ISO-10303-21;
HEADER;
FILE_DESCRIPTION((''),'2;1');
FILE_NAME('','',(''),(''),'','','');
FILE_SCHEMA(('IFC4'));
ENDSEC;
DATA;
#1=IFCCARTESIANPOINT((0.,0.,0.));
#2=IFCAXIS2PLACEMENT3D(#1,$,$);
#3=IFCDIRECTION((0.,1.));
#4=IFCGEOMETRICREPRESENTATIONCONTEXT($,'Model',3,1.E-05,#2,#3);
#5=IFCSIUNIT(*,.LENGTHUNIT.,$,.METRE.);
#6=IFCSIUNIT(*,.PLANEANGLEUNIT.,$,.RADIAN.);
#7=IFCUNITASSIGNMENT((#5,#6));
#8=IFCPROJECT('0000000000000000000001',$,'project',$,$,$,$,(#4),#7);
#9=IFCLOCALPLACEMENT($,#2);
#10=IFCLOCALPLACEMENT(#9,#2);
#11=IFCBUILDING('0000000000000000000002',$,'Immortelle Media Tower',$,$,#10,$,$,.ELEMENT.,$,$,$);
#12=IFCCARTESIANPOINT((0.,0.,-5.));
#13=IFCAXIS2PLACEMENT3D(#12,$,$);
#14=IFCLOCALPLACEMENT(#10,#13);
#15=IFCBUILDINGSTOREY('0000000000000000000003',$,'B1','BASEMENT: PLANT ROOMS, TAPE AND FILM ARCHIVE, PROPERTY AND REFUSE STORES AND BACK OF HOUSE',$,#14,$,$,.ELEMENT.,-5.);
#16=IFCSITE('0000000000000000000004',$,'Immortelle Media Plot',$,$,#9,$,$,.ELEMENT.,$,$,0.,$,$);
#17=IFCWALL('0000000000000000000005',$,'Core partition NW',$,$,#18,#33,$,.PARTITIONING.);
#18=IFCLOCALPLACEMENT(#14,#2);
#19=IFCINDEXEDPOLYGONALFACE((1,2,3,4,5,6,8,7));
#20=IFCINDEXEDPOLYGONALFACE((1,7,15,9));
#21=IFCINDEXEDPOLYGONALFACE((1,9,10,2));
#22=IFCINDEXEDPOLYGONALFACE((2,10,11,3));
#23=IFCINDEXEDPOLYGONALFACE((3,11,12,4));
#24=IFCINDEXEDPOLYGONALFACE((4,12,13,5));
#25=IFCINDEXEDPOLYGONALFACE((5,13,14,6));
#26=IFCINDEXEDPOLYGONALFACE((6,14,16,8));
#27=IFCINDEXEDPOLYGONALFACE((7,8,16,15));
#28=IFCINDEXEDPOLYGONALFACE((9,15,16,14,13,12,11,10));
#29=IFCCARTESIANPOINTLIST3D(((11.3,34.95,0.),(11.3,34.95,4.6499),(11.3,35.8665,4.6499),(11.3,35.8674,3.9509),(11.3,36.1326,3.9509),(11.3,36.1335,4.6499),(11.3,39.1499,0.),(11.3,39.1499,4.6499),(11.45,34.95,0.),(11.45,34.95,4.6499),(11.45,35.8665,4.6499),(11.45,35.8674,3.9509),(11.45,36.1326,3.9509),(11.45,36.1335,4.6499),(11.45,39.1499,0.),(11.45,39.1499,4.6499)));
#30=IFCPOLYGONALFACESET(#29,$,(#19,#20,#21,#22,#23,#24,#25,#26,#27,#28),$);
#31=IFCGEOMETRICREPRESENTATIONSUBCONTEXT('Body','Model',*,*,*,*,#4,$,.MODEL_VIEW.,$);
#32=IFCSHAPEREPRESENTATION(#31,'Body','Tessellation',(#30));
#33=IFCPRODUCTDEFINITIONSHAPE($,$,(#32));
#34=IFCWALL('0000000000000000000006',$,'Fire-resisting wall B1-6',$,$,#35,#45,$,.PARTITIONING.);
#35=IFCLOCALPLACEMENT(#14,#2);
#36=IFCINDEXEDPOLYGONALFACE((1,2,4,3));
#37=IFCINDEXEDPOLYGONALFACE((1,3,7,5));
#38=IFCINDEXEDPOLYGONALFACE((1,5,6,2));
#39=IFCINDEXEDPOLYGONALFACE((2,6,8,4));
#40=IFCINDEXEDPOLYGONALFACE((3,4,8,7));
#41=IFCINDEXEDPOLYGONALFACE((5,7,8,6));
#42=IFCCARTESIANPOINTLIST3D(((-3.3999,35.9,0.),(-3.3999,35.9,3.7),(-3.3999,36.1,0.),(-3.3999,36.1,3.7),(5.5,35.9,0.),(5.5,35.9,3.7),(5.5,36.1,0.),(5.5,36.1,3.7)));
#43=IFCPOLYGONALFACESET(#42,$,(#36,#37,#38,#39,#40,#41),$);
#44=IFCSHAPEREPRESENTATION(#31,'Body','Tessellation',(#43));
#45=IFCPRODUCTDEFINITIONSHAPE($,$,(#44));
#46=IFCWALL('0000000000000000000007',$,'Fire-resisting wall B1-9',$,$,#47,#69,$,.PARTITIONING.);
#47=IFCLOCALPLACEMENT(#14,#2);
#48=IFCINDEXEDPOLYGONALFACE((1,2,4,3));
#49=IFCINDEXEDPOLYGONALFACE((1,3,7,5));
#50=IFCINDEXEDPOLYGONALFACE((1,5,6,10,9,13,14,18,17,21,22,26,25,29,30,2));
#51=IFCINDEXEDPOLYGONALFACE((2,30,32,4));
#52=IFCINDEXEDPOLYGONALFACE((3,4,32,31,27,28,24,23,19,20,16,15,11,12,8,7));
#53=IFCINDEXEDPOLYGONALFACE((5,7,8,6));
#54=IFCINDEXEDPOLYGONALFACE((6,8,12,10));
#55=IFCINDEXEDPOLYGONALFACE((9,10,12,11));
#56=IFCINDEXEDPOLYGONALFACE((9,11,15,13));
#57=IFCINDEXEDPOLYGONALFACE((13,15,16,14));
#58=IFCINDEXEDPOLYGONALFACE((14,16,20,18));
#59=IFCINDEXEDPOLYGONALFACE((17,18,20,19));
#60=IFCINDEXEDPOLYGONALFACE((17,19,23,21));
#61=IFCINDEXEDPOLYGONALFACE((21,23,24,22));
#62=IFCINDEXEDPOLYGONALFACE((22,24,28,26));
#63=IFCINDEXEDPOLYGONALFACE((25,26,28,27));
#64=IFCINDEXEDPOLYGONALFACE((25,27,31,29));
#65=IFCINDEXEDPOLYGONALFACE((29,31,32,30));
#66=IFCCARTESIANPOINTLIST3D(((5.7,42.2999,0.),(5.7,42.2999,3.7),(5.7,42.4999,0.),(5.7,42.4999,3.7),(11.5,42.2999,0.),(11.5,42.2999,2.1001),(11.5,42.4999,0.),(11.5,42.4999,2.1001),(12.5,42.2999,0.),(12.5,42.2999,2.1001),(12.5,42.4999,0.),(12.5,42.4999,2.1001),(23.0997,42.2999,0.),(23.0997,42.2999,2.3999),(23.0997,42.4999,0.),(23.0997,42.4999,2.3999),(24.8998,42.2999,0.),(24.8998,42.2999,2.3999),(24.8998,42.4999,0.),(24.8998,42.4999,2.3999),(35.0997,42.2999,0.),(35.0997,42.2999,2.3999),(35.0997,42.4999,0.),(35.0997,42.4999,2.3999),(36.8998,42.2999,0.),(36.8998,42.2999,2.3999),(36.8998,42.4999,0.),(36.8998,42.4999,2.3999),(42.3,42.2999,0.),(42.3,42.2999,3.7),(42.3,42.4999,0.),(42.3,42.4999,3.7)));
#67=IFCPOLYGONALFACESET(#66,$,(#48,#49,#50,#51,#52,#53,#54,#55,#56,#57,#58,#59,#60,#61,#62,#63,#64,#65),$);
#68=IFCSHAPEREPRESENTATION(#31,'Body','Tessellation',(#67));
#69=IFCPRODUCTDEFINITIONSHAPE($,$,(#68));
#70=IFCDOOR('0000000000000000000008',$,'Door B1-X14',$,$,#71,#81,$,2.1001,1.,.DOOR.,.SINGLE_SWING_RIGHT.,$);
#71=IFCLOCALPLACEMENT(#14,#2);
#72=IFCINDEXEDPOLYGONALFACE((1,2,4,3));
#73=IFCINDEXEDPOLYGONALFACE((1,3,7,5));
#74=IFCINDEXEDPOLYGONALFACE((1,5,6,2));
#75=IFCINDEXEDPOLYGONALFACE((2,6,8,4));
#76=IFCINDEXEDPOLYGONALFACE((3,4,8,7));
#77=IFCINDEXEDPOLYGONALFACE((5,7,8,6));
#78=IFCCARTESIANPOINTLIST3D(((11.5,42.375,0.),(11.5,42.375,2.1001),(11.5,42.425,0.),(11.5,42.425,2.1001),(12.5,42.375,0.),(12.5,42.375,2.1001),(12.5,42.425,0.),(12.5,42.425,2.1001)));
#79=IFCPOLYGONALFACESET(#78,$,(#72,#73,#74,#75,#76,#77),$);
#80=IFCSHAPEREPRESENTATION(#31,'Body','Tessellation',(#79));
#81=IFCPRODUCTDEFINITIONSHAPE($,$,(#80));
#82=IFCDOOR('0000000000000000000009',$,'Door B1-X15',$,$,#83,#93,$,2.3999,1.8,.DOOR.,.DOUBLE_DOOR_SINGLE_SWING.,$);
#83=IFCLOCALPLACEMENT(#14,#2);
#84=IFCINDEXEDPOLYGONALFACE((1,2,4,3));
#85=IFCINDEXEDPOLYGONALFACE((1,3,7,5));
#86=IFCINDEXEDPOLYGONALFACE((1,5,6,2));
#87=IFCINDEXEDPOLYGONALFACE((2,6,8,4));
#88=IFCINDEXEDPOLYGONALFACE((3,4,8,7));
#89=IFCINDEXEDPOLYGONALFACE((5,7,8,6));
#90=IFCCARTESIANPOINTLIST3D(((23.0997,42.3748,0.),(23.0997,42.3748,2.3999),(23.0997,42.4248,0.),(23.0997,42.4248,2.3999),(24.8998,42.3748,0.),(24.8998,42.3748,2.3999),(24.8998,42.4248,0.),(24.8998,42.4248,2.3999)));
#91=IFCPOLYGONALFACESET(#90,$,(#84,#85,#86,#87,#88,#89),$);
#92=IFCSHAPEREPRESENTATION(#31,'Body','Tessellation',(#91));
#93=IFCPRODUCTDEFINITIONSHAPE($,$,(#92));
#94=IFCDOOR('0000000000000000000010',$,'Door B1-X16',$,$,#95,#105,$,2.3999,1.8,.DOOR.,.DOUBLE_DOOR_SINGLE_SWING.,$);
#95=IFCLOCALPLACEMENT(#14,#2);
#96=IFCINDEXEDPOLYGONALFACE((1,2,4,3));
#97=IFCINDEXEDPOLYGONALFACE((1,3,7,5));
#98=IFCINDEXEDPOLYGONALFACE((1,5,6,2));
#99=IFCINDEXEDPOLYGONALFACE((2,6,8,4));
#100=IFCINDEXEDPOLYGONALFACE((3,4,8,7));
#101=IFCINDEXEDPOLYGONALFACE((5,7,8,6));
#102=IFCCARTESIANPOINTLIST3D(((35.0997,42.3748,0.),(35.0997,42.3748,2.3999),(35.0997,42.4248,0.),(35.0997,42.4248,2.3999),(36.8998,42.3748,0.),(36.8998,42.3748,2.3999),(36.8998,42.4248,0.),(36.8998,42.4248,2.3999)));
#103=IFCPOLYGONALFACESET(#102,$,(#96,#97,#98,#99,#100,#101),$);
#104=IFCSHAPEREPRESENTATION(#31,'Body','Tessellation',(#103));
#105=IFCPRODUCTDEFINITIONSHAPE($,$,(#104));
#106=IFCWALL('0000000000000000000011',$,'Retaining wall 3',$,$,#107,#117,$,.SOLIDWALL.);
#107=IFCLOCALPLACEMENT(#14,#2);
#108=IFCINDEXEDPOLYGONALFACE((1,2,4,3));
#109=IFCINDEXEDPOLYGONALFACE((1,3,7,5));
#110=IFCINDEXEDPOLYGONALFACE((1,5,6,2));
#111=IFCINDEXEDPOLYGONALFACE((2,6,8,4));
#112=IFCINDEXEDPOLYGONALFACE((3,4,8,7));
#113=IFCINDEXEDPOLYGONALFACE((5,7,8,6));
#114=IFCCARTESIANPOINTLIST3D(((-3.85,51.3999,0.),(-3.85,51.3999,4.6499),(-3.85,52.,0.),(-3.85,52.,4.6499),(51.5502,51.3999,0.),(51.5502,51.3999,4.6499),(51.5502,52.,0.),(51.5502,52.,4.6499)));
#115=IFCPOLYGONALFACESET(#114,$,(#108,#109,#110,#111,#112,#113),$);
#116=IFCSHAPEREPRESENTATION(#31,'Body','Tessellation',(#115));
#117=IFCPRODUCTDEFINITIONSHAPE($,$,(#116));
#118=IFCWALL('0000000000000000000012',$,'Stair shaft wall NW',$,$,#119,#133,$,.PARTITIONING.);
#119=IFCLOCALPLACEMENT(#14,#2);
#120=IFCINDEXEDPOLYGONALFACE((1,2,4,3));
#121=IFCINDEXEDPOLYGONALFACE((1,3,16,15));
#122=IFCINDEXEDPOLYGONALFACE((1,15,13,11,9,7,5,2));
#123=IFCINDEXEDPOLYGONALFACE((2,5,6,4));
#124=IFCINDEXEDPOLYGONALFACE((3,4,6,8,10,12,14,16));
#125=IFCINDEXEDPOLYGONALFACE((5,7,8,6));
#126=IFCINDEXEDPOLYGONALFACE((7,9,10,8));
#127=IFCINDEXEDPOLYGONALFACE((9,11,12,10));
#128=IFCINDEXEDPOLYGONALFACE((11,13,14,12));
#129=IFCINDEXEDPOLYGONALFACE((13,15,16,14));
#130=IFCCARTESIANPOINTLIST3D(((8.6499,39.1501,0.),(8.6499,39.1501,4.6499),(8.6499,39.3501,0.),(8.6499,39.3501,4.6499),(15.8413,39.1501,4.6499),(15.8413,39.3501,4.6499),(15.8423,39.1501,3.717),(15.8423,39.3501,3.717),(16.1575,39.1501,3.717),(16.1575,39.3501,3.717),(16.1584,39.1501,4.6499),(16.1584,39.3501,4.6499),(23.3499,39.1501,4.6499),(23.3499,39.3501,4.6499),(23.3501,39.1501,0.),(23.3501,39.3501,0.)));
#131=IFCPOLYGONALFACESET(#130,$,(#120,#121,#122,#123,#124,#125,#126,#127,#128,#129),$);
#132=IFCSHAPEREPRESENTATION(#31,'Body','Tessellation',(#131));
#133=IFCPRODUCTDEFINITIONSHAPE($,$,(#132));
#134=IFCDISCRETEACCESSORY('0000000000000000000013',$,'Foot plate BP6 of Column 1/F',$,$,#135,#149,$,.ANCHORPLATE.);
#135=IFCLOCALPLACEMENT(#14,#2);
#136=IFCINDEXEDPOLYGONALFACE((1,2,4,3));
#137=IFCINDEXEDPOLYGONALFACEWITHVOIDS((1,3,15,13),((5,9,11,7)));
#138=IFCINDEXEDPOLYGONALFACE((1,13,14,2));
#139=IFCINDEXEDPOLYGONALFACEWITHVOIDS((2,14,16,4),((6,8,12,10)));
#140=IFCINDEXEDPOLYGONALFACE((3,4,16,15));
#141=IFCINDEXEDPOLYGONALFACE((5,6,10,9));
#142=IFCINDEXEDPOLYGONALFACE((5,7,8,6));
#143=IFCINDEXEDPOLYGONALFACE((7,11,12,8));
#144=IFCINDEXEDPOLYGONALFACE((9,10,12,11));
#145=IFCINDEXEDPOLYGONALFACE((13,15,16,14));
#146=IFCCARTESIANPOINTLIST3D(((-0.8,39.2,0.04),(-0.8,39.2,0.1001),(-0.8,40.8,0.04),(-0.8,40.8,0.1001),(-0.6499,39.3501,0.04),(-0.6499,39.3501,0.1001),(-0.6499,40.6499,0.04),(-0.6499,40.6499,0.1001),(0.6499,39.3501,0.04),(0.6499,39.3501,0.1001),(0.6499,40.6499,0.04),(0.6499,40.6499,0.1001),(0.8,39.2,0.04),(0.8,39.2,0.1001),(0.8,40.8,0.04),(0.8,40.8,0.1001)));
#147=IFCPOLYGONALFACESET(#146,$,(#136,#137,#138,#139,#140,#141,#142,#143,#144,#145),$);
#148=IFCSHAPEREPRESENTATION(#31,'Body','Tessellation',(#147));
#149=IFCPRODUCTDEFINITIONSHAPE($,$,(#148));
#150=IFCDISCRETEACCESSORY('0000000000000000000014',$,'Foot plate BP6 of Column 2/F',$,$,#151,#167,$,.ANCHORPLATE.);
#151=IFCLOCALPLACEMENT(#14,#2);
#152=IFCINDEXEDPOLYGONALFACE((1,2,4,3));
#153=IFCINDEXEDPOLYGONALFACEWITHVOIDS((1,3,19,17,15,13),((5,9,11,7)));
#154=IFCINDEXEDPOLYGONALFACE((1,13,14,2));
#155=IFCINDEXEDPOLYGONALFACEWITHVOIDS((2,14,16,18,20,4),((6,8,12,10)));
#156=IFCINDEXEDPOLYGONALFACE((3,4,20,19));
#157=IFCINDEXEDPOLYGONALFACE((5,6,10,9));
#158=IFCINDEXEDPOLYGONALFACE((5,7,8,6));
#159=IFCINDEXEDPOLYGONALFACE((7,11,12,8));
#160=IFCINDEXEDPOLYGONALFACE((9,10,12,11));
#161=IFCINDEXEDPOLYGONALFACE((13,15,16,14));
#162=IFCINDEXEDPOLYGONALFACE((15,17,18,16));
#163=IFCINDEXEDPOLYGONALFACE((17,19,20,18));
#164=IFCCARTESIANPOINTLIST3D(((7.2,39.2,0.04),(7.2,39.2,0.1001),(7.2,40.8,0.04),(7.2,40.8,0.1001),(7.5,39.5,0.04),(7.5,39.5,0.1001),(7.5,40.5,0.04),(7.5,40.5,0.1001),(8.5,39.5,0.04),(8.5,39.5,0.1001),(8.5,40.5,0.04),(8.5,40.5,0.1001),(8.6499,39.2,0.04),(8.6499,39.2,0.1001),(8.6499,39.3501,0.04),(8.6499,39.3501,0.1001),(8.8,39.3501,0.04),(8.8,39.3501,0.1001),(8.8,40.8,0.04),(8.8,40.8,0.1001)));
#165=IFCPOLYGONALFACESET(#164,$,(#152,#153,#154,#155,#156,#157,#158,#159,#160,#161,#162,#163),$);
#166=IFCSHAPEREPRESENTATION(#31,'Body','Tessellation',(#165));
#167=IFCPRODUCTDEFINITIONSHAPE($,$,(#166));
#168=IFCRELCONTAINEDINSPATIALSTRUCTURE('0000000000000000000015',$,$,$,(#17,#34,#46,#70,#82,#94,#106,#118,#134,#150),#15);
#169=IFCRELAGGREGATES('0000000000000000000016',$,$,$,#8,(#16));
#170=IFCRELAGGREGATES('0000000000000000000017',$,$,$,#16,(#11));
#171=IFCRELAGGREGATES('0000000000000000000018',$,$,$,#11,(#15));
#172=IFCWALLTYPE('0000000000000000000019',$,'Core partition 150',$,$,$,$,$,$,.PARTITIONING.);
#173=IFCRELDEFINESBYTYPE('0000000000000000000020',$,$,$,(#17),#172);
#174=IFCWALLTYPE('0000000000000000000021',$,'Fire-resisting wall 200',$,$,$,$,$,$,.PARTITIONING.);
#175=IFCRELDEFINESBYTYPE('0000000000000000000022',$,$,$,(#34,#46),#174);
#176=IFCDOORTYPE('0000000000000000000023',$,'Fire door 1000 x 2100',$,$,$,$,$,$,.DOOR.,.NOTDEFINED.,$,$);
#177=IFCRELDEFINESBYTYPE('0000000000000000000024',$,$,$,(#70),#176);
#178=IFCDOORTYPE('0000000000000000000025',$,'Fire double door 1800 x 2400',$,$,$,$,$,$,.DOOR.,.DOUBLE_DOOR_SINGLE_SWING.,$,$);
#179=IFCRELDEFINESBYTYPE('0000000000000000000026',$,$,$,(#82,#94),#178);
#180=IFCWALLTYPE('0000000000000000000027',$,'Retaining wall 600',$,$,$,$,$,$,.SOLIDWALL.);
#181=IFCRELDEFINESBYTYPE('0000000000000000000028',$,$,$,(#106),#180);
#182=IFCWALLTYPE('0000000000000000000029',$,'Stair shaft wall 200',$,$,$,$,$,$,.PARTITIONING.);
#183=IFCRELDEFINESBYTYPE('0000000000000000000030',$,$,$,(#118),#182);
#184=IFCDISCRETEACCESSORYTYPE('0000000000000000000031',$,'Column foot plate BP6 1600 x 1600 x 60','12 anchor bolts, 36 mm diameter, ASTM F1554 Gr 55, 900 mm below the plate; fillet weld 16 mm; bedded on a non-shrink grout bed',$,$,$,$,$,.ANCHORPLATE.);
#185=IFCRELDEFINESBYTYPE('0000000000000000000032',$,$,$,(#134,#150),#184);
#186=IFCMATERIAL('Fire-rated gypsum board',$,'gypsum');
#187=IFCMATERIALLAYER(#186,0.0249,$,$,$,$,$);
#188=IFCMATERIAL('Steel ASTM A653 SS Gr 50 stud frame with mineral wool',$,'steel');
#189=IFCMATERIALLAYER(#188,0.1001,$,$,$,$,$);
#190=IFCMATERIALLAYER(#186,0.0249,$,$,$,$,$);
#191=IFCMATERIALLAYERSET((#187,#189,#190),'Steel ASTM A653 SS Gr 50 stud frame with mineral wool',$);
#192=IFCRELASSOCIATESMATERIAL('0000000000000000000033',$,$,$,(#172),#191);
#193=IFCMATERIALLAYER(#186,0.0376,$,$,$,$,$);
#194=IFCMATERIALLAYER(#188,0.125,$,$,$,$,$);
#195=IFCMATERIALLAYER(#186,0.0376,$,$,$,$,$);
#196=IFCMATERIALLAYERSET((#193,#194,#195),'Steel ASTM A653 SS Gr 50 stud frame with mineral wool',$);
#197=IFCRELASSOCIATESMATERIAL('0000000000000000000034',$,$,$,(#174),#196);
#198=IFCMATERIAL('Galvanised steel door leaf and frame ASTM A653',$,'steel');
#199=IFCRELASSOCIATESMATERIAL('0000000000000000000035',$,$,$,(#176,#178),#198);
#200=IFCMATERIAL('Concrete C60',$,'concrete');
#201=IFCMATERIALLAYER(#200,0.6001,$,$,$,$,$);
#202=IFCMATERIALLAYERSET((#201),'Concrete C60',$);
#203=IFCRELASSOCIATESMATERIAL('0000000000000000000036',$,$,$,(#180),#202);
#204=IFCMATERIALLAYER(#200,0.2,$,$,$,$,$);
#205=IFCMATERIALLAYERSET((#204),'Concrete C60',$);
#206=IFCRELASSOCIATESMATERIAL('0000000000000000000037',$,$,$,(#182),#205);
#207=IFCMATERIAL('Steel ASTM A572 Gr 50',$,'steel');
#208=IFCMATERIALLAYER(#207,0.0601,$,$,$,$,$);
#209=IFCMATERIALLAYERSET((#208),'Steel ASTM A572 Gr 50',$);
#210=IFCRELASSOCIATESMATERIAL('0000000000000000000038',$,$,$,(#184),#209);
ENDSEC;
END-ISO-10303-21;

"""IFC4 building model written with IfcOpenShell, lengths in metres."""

from ifc_helpers import new_model, si_unit, direction, frame, frame_2d, origin, place, context, subcontext, project, spatial, polyline, rectangle, outline, extrude, material, layer, layer_set, type_object, element, fill, save


model = new_model("IFC4")

# Units and contexts
model_context = context("Model", 3, precision=1e-05, world=origin(), true_north=direction((0.0, 1.0)))
body_context = subcontext(model_context, "Body", "Model", "MODEL_VIEW")
ifc_project = project(units=[si_unit("LENGTHUNIT", "METRE"), si_unit("PLANEANGLEUNIT", "RADIAN")], contexts=[model_context])

# Site, building, storey
site_placement = place(None, origin())
site = spatial("IfcSite", under=ifc_project, at=site_placement, Name="Immortelle Media Plot", CompositionType="ELEMENT", RefElevation=0.0)
building_placement = place(site_placement, origin())
building = spatial("IfcBuilding", under=site, at=building_placement, Name="Immortelle Media Tower", CompositionType="ELEMENT")
storey_placement = place(building_placement, frame((0.0, 0.0, -5.0)))
storey = spatial("IfcBuildingStorey", under=building, at=storey_placement, Name="B1", Description="BASEMENT: PLANT ROOMS, TAPE AND FILM ARCHIVE, PROPERTY AND REFUSE STORES AND BACK OF HOUSE", CompositionType="ELEMENT", Elevation=-5.0)

# Shared definitions
ifc_material_1 = material(Name="Concrete C60", Category="concrete")

# Shared definitions
ifc_material_2 = material(Name="Steel ASTM A572 Gr 50", Category="steel")

# Shared definitions
ifc_material_3 = material(Name="Fire-rated gypsum board", Category="gypsum")
ifc_layer_1 = layer(ifc_material_3, 0.0249)
ifc_material_4 = material(Name="Steel ASTM A653 SS Gr 50 stud frame with mineral wool", Category="steel")
ifc_layer_2 = layer(ifc_material_4, 0.1001)
ifc_layer_3 = layer(ifc_material_3, 0.0249)
ifc_layer_set_1 = layer_set([ifc_layer_1, ifc_layer_2, ifc_layer_3], Name="Steel ASTM A653 SS Gr 50 stud frame with mineral wool")
wall_type_1 = type_object("IfcWallType", Name="Core partition 150", PredefinedType="PARTITIONING", material=ifc_layer_set_1)
ifc_material_5 = material(Name="Galvanised steel door leaf and frame ASTM A653", Category="steel")

# Walls
wall_1_placement = place(storey_placement, frame((11.375, 34.95, 0.0), z_axis=(0.0, 0.0, 1.0), x_axis=(0.0, 1.0, 0.0)))
element("IfcWall", 1, at=wall_1_placement, inside=storey, type_object=wall_type_1, Name="Core partition NW", PredefinedType="PARTITIONING", context=body_context, shape_type="SweptSolid", body=[
    extrude(outline(polyline([(0.0, 0.0), (4.2, 0.0), (4.2, 4.6499), (1.1836, 4.6499), (1.1826, 3.9509), (0.9175, 3.9509), (0.9165, 4.6499), (0.0, 4.6499), (0.0, 0.0)])), frame((0.0, 0.075, 0.0), z_axis=(0.0, -1.0, 0.0), x_axis=(1.0, 0.0, 0.0)), (0.0, 0.0, 1.0), 0.1499),
])
ifc_layer_4 = layer(ifc_material_3, 0.0376)
ifc_layer_5 = layer(ifc_material_4, 0.125)
ifc_layer_6 = layer(ifc_material_3, 0.0376)
ifc_layer_set_2 = layer_set([ifc_layer_4, ifc_layer_5, ifc_layer_6], Name="Steel ASTM A653 SS Gr 50 stud frame with mineral wool")
wall_type_2 = type_object("IfcWallType", Name="Fire-resisting wall 200", PredefinedType="PARTITIONING", material=ifc_layer_set_2)
wall_2_placement = place(storey_placement, frame((-3.3999, 36.0, 0.0), z_axis=(0.0, 0.0, 1.0), x_axis=(1.0, 0.0, 0.0)))
element("IfcWall", 2, at=wall_2_placement, inside=storey, type_object=wall_type_2, Name="Fire-resisting wall B1-6", PredefinedType="PARTITIONING", context=body_context, shape_type="SweptSolid", body=[
    extrude(rectangle(XDim=8.8999, YDim=0.2, at=frame_2d((4.45, 0.0))), origin(), (0.0, 0.0, 1.0), 3.7),
])

# Wall, openings, doors
wall_3_placement = place(storey_placement, frame((5.7, 42.3999, 0.0), z_axis=(0.0, 0.0, 1.0), x_axis=(1.0, 0.0, 0.0)))
wall_3 = element("IfcWall", 3, at=wall_3_placement, inside=storey, type_object=wall_type_2, Name="Fire-resisting wall B1-9", PredefinedType="PARTITIONING", context=body_context, shape_type="SweptSolid", body=[
    extrude(rectangle(XDim=36.6001, YDim=0.2, at=frame_2d((18.3, 0.0))), origin(), (0.0, 0.0, 1.0), 3.7),
])
opening_1_placement = place(wall_3_placement, frame((6.8, 0.0, 0.0), z_axis=(0.0, 0.0, 1.0), x_axis=(-1.0, 0.0, 0.0)))
opening_1 = element("IfcOpeningElement", 4, at=opening_1_placement, cuts=wall_3, PredefinedType="OPENING", context=body_context, shape_type="SweptSolid", body=[
    extrude(rectangle(XDim=1.0, YDim=2.1001, at=frame_2d((0.5, 1.05))), frame((0.0, 0.1099, 0.0), z_axis=(0.0, -1.0, 0.0), x_axis=(1.0, 0.0, 0.0)), (0.0, 0.0, 1.0), 0.22),
])
opening_2_placement = place(wall_3_placement, frame((17.3999, 0.0, 0.0)))
opening_2 = element("IfcOpeningElement", 5, at=opening_2_placement, cuts=wall_3, PredefinedType="OPENING", context=body_context, shape_type="SweptSolid", body=[
    extrude(rectangle(XDim=1.8, YDim=2.3999, at=frame_2d((0.8999, 1.2))), frame((0.0, 0.1099, 0.0), z_axis=(0.0, -1.0, 0.0), x_axis=(1.0, 0.0, 0.0)), (0.0, 0.0, 1.0), 0.22),
])
opening_3_placement = place(wall_3_placement, frame((29.3999, 0.0, 0.0)))
opening_3 = element("IfcOpeningElement", 6, at=opening_3_placement, cuts=wall_3, PredefinedType="OPENING", context=body_context, shape_type="SweptSolid", body=[
    extrude(rectangle(XDim=1.8, YDim=2.3999, at=frame_2d((0.8999, 1.2))), frame((0.0, 0.1099, 0.0), z_axis=(0.0, -1.0, 0.0), x_axis=(1.0, 0.0, 0.0)), (0.0, 0.0, 1.0), 0.22),
])
door_type_1 = type_object("IfcDoorType", Name="Fire door 1000 x 2100", OperationType="NOTDEFINED", PredefinedType="DOOR", material=ifc_material_5)
door_1_placement = place(opening_1_placement, origin())
door_1 = element("IfcDoor", 7, at=door_1_placement, inside=storey, type_object=door_type_1, Name="Door B1-X14", OperationType="SINGLE_SWING_RIGHT", OverallHeight=2.1001, OverallWidth=1.0, PredefinedType="DOOR", context=body_context, shape_type="SweptSolid", body=[
    extrude(rectangle(XDim=1.0, YDim=2.1001, at=frame_2d((0.5, 1.05))), frame((0.0, 0.0249, 0.0), z_axis=(0.0, -1.0, 0.0), x_axis=(1.0, 0.0, 0.0)), (0.0, 0.0, 1.0), 0.05),
])
fill(opening_1, door_1)
door_type_2 = type_object("IfcDoorType", Name="Fire double door 1800 x 2400", OperationType="DOUBLE_DOOR_SINGLE_SWING", PredefinedType="DOOR", material=ifc_material_5)
door_2_placement = place(opening_2_placement, origin())
door_2 = element("IfcDoor", 8, at=door_2_placement, inside=storey, type_object=door_type_2, Name="Door B1-X15", OperationType="DOUBLE_DOOR_SINGLE_SWING", OverallHeight=2.3999, OverallWidth=1.8, PredefinedType="DOOR", context=body_context, shape_type="SweptSolid", body=[
    extrude(rectangle(XDim=1.8, YDim=2.3999, at=frame_2d((0.8999, 1.2))), frame((0.0, 0.0249, 0.0), z_axis=(0.0, -1.0, 0.0), x_axis=(1.0, 0.0, 0.0)), (0.0, 0.0, 1.0), 0.05),
])
fill(opening_2, door_2)
door_3_placement = place(opening_3_placement, origin())
door_3 = element("IfcDoor", 9, at=door_3_placement, inside=storey, type_object=door_type_2, Name="Door B1-X16", OperationType="DOUBLE_DOOR_SINGLE_SWING", OverallHeight=2.3999, OverallWidth=1.8, PredefinedType="DOOR", context=body_context, shape_type="SweptSolid", body=[
    extrude(rectangle(XDim=1.8, YDim=2.3999, at=frame_2d((0.8999, 1.2))), frame((0.0, 0.0249, 0.0), z_axis=(0.0, -1.0, 0.0), x_axis=(1.0, 0.0, 0.0)), (0.0, 0.0, 1.0), 0.05),
])
fill(opening_3, door_3)

# Walls
ifc_layer_7 = layer(ifc_material_1, 0.6001)
ifc_layer_set_3 = layer_set([ifc_layer_7], Name="Concrete C60")
wall_type_3 = type_object("IfcWallType", Name="Retaining wall 600", PredefinedType="SOLIDWALL", material=ifc_layer_set_3)
wall_4_placement = place(storey_placement, frame((-3.8501, 51.7, 0.0), z_axis=(0.0, 0.0, 1.0), x_axis=(1.0, 0.0, 0.0)))
element("IfcWall", 10, at=wall_4_placement, inside=storey, type_object=wall_type_3, Name="Retaining wall 3", PredefinedType="SOLIDWALL", context=body_context, shape_type="SweptSolid", body=[
    extrude(rectangle(XDim=55.4001, YDim=0.6001, at=frame_2d((27.7002, 0.0))), origin(), (0.0, 0.0, 1.0), 4.6499),
])
ifc_layer_8 = layer(ifc_material_1, 0.2)
ifc_layer_set_4 = layer_set([ifc_layer_8], Name="Concrete C60")
wall_type_4 = type_object("IfcWallType", Name="Stair shaft wall 200", PredefinedType="PARTITIONING", material=ifc_layer_set_4)
wall_5_placement = place(storey_placement, frame((8.6499, 39.25, 0.0), z_axis=(0.0, 0.0, 1.0), x_axis=(1.0, 0.0, 0.0)))
element("IfcWall", 11, at=wall_5_placement, inside=storey, type_object=wall_type_4, Name="Stair shaft wall NW", PredefinedType="PARTITIONING", context=body_context, shape_type="SweptSolid", body=[
    extrude(outline(polyline([(0.0, 0.0), (14.7002, 0.0), (14.7, 4.6499), (7.5085, 4.6499), (7.5076, 3.717), (7.1924, 3.717), (7.1914, 4.6499), (0.0, 4.6499), (0.0, 0.0)])), frame((0.0, 0.1001, 0.0), z_axis=(0.0, -1.0, 0.0), x_axis=(1.0, 0.0, 0.0)), (0.0, 0.0, 1.0), 0.2),
])

# Discrete accessories
ifc_layer_9 = layer(ifc_material_2, 0.0601)
ifc_layer_set_5 = layer_set([ifc_layer_9], Name="Steel ASTM A572 Gr 50")
discrete_accessory_type = type_object("IfcDiscreteAccessoryType", Name="Column foot plate BP6 1600 x 1600 x 60", Description="12 anchor bolts, 36 mm diameter, ASTM F1554 Gr 55, 900 mm below the plate; fillet weld 16 mm; bedded on a non-shrink grout bed", PredefinedType="ANCHORPLATE", material=ifc_layer_set_5)
discrete_accessory_1_placement = place(storey_placement, frame((0.0, 40.0, 0.04), z_axis=(0.0, 0.0, 1.0), x_axis=(1.0, 0.0, 0.0)))
element("IfcDiscreteAccessory", 12, at=discrete_accessory_1_placement, inside=storey, type_object=discrete_accessory_type, Name="Foot plate BP6 of Column 1/F", PredefinedType="ANCHORPLATE", context=body_context, shape_type="SweptSolid", body=[
    extrude(outline(polyline([(-0.8, -0.8), (0.8, -0.8), (0.8, 0.8), (-0.8, 0.8), (-0.8, -0.8)]), holes=[polyline([(0.6499, 0.6499), (0.6499, -0.6499), (-0.6499, -0.6499), (-0.6499, 0.6499), (0.6499, 0.6499)])]), origin(), (0.0, 0.0, 1.0), 0.0601),
])
discrete_accessory_2_placement = place(storey_placement, frame((8.0, 40.0, 0.04), z_axis=(0.0, 0.0, 1.0), x_axis=(1.0, 0.0, 0.0)))
element("IfcDiscreteAccessory", 13, at=discrete_accessory_2_placement, inside=storey, type_object=discrete_accessory_type, Name="Foot plate BP6 of Column 2/F", PredefinedType="ANCHORPLATE", context=body_context, shape_type="SweptSolid", body=[
    extrude(outline(polyline([(-0.8, 0.8), (-0.8, -0.8), (0.6499, -0.8), (0.6499, -0.6499), (0.8, -0.6499), (0.8, 0.8), (-0.8, 0.8)]), holes=[polyline([(0.5, 0.5), (0.5, -0.5), (-0.5, -0.5), (-0.5, 0.5), (0.5, 0.5)])]), origin(), (0.0, 0.0, 1.0), 0.0601),
])

save(model, "model.ifc")
